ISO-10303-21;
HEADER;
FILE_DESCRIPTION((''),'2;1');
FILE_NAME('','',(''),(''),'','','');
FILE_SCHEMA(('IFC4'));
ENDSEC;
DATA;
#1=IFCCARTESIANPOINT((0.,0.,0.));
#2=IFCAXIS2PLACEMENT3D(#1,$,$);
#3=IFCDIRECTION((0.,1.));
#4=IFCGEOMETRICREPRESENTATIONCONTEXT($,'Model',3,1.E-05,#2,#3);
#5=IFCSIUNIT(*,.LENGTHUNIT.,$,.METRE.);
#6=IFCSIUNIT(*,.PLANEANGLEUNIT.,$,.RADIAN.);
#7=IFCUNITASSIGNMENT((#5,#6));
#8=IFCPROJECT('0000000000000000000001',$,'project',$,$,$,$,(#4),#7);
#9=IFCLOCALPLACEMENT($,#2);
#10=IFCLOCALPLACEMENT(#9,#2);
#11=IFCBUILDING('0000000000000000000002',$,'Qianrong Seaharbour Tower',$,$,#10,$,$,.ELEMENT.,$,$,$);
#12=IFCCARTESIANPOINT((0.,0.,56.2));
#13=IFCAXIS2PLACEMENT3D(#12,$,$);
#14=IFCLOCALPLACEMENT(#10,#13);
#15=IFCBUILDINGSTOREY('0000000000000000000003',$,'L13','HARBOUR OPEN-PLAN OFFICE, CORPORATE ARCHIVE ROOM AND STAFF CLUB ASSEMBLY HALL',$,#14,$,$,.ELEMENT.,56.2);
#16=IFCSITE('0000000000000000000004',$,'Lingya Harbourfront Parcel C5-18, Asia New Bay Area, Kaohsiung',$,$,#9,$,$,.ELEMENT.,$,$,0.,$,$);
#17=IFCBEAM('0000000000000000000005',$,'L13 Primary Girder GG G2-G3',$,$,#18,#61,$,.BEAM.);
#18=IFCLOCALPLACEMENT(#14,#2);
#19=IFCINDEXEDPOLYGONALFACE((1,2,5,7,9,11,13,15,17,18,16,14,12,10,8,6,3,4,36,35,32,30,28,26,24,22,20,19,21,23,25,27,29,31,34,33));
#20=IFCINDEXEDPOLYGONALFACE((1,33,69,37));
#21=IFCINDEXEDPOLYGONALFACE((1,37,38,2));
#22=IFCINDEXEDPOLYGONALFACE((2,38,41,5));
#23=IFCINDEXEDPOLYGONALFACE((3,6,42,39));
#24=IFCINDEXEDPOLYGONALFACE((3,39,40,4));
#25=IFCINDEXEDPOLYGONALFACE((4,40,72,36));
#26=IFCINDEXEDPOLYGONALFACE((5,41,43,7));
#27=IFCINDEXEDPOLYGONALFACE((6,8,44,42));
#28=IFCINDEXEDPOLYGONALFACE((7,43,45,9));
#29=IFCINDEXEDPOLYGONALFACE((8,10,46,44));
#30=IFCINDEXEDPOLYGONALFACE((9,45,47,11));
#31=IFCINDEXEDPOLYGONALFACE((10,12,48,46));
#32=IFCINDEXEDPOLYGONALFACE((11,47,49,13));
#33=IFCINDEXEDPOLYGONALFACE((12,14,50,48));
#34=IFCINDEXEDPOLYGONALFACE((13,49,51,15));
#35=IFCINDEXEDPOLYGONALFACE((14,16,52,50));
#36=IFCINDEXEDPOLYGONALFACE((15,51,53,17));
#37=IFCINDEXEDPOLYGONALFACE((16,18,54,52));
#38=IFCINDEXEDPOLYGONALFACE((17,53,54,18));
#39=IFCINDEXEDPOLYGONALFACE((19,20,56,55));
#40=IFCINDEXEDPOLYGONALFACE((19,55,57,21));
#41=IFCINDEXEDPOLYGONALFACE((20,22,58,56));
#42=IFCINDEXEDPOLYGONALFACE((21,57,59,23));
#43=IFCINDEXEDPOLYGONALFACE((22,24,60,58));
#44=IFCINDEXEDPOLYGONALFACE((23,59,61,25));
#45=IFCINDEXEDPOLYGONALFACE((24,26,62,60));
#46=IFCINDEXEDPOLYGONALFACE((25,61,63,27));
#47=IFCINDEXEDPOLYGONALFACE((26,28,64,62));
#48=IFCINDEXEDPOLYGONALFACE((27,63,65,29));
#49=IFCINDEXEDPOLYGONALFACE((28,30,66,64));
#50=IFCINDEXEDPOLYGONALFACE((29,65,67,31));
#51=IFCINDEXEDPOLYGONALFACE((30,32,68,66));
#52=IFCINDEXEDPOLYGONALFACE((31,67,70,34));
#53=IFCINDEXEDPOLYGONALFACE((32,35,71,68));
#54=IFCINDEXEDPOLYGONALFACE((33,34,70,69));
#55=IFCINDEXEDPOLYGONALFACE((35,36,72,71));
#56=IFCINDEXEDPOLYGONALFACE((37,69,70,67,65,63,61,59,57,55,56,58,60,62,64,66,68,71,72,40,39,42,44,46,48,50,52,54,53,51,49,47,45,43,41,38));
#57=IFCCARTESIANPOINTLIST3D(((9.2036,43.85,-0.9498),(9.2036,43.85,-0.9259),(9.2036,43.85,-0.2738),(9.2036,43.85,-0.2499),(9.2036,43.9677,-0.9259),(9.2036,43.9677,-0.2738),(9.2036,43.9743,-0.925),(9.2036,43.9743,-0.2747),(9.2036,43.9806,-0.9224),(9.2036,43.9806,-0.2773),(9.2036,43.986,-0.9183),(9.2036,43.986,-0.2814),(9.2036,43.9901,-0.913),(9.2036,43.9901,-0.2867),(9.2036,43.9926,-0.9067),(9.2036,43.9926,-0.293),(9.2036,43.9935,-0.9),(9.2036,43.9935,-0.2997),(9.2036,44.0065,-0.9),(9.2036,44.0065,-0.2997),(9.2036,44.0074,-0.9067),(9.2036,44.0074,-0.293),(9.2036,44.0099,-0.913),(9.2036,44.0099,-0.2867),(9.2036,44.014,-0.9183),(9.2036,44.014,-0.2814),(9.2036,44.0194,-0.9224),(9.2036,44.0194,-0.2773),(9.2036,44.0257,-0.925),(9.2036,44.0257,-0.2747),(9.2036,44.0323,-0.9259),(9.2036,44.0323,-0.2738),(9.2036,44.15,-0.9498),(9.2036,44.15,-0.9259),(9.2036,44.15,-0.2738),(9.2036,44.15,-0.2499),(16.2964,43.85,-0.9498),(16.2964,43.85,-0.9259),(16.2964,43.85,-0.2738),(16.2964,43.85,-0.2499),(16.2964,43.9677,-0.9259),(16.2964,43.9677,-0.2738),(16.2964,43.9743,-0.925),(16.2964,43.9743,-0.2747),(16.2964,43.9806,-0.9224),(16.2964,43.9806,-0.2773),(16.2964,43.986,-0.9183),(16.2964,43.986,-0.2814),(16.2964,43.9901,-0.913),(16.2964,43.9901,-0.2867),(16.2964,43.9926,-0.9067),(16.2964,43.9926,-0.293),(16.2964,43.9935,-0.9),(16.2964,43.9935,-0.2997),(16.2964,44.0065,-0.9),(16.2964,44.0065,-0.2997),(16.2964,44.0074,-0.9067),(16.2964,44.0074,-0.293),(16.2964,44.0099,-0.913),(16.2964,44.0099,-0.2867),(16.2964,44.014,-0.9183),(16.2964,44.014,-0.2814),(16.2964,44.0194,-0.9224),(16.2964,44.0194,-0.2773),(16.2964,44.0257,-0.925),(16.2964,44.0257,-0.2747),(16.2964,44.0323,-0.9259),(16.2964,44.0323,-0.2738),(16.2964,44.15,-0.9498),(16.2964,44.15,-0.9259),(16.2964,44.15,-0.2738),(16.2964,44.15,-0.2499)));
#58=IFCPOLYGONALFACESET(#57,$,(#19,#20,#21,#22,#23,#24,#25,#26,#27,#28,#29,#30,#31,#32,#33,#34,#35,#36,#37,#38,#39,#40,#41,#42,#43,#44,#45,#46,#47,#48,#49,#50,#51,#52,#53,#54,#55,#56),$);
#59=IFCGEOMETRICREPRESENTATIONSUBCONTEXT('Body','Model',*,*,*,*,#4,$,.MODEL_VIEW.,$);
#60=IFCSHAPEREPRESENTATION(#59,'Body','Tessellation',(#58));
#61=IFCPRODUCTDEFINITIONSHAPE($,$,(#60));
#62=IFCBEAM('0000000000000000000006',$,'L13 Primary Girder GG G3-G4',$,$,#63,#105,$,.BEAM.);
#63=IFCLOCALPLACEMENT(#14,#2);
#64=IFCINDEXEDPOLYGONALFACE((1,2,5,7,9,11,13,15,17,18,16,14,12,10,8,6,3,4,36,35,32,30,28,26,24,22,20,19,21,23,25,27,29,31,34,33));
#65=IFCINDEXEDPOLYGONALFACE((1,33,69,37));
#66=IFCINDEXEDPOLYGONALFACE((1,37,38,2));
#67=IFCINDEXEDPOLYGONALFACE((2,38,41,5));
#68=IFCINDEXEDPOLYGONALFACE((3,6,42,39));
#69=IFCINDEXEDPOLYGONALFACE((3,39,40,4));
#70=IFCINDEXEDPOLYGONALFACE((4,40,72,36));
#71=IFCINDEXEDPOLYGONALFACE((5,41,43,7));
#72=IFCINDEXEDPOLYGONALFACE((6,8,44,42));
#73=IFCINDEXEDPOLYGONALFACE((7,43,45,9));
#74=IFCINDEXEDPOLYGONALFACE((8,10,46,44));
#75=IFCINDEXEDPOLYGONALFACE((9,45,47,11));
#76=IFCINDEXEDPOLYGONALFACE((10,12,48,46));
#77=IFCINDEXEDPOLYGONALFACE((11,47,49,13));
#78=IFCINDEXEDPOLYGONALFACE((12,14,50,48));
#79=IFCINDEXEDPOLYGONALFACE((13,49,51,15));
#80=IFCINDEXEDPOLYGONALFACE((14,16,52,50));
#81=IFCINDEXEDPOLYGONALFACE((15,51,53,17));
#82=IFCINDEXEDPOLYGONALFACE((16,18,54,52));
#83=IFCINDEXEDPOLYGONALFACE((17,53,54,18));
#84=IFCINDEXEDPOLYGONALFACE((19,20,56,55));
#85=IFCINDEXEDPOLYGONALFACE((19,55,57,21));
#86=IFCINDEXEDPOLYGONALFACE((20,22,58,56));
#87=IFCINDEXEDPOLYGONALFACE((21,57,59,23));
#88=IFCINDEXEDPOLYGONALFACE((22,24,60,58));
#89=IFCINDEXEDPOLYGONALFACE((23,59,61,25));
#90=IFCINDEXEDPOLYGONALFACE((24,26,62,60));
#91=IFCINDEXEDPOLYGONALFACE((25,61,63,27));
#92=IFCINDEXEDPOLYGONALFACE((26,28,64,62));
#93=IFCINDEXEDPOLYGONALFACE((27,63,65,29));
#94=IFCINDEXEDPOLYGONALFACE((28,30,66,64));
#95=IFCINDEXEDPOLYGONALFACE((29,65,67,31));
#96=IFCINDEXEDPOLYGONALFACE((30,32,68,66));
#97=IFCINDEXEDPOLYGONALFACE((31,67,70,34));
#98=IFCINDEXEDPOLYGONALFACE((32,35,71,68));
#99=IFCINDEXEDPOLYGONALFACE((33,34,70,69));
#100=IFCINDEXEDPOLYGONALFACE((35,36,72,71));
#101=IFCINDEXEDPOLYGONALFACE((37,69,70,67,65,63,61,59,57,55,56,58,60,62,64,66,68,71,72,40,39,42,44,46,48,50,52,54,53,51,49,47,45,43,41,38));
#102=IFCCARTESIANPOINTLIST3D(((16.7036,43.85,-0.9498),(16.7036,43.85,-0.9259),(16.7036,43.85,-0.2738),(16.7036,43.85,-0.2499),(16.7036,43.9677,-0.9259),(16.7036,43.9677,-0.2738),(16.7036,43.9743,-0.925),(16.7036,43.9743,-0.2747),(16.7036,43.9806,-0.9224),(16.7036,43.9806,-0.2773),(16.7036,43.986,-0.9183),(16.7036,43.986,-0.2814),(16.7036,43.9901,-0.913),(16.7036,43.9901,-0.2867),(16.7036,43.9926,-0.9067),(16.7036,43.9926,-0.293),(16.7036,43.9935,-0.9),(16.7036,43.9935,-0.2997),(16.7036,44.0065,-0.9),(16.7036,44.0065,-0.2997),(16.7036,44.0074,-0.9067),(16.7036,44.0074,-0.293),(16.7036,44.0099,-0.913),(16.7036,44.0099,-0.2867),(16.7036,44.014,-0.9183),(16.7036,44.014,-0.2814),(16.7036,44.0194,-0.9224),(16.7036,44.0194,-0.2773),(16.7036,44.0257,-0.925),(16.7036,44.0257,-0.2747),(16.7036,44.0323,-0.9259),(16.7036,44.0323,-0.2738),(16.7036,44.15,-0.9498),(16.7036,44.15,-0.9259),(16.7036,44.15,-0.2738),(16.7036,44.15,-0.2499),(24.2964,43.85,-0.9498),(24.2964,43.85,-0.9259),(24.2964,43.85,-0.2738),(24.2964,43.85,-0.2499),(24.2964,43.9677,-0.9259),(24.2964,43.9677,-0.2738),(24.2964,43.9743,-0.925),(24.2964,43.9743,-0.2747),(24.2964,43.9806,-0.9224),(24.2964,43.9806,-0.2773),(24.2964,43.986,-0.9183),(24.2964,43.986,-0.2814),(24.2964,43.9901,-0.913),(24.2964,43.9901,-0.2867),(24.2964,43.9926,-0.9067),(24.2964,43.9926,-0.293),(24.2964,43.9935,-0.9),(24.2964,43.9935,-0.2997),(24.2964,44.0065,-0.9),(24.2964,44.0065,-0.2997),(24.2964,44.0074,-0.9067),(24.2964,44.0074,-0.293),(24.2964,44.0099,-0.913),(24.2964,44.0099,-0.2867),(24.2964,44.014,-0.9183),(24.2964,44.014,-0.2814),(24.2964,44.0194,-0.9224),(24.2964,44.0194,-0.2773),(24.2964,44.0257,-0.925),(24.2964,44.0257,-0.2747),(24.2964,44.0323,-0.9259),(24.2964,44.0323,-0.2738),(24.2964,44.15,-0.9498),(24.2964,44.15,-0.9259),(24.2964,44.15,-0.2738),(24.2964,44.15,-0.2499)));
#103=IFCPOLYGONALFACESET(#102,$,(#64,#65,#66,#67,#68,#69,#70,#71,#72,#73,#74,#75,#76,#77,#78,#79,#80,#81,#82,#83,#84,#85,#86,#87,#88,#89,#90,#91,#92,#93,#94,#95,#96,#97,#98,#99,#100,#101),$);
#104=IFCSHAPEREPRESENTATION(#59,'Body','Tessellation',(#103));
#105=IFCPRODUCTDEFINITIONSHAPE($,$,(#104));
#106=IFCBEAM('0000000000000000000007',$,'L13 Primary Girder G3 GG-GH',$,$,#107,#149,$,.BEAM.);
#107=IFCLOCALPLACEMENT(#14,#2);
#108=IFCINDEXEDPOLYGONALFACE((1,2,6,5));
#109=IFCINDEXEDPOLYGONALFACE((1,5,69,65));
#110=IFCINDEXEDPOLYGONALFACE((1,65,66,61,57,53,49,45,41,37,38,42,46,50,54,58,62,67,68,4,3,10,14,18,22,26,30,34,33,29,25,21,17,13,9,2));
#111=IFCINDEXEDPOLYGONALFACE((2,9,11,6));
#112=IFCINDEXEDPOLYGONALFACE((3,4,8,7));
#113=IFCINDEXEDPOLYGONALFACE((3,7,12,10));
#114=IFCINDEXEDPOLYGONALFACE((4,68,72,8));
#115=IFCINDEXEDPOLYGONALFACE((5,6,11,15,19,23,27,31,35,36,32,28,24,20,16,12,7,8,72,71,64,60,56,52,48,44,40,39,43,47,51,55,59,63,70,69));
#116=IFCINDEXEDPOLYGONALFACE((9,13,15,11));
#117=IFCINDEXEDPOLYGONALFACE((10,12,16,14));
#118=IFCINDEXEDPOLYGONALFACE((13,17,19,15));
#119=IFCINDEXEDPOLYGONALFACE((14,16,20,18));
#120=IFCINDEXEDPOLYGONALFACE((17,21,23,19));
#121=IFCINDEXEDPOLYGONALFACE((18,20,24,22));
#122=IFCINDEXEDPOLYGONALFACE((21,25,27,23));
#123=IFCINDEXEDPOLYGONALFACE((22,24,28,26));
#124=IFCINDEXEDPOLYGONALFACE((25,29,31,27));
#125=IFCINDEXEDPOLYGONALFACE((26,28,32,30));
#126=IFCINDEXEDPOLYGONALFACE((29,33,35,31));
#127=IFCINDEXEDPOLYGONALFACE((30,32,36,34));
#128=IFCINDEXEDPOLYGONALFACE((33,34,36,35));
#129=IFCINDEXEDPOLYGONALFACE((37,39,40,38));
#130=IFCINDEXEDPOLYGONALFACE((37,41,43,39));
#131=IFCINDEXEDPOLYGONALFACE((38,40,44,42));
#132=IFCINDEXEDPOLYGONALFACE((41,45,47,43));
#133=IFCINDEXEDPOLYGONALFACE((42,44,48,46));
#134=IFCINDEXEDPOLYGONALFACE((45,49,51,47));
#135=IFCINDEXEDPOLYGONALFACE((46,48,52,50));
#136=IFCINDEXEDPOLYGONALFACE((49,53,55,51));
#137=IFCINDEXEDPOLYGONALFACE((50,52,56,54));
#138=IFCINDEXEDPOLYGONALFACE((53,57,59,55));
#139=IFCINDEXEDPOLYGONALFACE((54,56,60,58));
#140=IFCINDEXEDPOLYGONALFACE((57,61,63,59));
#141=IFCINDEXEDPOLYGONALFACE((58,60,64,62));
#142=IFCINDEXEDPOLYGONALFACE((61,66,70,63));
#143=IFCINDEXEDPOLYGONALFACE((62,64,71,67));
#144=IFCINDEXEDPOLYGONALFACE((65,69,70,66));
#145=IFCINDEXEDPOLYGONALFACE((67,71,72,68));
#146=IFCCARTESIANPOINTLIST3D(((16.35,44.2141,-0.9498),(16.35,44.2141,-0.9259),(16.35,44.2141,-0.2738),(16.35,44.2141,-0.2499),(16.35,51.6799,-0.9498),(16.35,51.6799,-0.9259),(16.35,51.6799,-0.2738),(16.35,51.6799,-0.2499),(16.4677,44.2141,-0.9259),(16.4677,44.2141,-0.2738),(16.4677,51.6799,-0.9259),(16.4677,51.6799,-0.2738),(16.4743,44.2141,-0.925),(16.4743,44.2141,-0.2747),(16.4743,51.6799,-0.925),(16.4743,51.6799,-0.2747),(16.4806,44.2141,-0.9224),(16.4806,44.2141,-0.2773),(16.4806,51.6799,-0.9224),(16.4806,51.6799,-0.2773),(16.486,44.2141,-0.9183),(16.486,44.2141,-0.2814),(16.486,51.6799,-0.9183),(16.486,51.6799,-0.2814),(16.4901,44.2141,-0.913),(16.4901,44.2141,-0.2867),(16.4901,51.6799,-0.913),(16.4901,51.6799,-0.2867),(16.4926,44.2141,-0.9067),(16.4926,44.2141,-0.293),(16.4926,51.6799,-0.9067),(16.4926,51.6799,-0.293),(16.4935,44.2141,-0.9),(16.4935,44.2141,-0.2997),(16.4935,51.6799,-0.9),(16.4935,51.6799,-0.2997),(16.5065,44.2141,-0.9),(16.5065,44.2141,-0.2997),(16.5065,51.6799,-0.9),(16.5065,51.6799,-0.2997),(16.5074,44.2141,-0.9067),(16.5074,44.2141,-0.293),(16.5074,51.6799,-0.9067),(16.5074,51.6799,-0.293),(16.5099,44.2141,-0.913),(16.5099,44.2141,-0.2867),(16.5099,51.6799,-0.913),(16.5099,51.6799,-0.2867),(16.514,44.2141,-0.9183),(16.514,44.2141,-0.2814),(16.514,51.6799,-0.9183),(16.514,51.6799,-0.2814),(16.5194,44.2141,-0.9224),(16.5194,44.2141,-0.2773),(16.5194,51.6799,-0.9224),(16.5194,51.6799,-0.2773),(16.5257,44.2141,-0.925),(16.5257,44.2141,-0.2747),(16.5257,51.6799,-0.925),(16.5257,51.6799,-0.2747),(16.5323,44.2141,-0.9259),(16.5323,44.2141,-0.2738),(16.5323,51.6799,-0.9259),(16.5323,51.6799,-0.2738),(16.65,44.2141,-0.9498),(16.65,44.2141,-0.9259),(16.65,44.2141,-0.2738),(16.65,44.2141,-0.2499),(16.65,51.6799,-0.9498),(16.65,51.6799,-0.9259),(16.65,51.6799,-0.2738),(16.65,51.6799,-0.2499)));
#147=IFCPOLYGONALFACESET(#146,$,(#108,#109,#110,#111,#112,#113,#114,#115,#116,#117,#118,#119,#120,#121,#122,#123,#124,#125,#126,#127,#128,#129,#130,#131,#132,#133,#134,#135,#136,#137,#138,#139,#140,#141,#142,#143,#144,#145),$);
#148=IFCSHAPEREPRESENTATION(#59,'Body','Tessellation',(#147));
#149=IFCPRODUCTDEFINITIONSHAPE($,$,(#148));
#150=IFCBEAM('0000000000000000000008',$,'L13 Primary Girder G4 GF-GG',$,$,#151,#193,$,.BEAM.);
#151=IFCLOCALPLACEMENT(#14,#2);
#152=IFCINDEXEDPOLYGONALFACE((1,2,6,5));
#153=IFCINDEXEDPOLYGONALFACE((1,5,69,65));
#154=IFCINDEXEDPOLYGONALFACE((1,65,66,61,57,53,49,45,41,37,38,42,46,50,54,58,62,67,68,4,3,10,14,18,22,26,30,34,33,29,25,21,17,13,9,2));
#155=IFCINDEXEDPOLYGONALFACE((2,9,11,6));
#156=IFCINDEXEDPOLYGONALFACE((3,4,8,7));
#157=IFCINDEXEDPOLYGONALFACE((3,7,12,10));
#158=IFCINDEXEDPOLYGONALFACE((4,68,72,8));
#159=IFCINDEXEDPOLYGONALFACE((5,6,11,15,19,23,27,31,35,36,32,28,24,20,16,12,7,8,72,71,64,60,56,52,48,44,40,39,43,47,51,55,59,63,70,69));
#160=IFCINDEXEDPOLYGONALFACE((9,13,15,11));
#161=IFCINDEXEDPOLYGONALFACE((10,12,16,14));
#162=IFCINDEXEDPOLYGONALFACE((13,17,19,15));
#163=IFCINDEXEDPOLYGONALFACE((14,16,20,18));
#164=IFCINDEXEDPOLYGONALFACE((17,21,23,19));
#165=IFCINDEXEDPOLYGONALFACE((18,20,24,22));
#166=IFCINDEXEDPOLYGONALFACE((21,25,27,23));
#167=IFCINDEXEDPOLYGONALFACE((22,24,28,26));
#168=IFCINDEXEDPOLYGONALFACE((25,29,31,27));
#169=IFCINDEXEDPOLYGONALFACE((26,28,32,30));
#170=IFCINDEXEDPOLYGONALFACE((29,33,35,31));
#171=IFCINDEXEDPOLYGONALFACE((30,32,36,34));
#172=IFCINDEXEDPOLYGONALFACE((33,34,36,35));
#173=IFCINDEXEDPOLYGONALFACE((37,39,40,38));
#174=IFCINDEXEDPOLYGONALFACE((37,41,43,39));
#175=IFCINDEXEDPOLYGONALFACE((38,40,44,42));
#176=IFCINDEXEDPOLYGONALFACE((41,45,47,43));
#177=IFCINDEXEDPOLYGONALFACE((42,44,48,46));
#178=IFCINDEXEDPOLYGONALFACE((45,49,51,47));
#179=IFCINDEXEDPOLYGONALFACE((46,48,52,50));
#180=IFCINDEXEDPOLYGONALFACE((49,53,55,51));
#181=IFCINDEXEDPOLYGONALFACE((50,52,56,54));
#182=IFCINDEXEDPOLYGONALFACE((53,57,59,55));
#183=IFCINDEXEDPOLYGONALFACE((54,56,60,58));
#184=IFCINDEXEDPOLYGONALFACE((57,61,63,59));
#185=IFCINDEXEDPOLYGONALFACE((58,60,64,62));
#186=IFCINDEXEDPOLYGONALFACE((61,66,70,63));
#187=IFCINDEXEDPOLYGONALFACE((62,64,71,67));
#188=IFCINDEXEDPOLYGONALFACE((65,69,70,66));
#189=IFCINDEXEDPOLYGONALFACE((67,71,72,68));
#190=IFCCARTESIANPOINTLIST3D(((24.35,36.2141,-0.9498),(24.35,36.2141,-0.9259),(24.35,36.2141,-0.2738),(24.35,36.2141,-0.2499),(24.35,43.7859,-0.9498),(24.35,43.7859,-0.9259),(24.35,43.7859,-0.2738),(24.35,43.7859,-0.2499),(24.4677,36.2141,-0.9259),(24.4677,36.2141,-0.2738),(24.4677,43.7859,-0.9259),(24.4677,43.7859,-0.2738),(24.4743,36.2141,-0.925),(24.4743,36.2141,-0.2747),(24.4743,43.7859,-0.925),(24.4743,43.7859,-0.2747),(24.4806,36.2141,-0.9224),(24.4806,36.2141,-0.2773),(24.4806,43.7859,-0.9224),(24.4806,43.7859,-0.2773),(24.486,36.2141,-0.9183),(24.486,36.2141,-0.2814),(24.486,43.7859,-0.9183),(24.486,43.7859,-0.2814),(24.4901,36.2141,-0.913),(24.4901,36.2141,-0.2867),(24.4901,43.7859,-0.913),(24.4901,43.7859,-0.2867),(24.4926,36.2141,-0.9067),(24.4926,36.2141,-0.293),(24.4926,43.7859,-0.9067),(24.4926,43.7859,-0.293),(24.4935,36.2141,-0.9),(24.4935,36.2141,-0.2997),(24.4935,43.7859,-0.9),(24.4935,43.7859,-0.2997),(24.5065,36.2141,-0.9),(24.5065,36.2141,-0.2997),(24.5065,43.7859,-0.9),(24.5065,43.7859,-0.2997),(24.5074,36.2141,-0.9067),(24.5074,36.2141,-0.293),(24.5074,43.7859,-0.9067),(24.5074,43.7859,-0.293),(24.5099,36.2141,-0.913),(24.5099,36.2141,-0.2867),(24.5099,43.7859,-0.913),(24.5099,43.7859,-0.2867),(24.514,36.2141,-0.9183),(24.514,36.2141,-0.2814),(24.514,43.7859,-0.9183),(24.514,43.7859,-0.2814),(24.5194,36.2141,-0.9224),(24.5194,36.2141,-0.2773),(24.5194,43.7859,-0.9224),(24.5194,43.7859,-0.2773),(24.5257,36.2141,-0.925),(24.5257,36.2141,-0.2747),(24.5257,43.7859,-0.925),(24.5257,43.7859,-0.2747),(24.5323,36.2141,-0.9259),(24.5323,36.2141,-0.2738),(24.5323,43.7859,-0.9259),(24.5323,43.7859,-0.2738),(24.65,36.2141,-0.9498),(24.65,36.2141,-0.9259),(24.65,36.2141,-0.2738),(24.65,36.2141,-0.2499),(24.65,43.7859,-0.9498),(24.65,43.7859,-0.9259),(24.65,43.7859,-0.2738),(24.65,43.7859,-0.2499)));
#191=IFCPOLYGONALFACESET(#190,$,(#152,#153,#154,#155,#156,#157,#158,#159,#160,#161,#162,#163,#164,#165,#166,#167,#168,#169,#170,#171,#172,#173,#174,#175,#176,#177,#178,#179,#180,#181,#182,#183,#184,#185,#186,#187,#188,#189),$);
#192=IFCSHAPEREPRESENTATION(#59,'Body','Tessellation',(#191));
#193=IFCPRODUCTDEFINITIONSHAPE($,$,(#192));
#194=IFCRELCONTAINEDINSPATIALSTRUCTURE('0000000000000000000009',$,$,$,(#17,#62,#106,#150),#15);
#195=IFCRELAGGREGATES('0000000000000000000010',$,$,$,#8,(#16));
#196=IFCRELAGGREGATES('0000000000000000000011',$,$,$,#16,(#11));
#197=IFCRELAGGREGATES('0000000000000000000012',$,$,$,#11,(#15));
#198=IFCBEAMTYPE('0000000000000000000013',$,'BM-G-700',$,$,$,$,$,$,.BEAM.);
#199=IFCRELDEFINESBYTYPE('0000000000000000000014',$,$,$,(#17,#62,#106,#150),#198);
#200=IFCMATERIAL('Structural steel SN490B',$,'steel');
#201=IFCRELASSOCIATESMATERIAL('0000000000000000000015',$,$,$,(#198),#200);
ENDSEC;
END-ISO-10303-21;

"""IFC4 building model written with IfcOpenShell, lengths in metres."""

from ifc_helpers import new_model, si_unit, direction, frame, origin, origin_2d, place, context, subcontext, project, spatial, i_section, extrude, material, material_profile, profile_set, type_object, element, save


model = new_model("IFC4")

# Units and contexts
model_context = context("Model", 3, precision=1e-05, world=origin(), true_north=direction((0.0, 1.0)))
body_context = subcontext(model_context, "Body", "Model", "MODEL_VIEW")
ifc_project = project(units=[si_unit("LENGTHUNIT", "METRE"), si_unit("PLANEANGLEUNIT", "RADIAN")], contexts=[model_context])

# Site, building, storey
site_placement = place(None, origin())
site = spatial("IfcSite", under=ifc_project, at=site_placement, Name="Lingya Harbourfront Parcel C5-18, Asia New Bay Area, Kaohsiung", CompositionType="ELEMENT", RefElevation=0.0)
building_placement = place(site_placement, origin())
building = spatial("IfcBuilding", under=site, at=building_placement, Name="Qianrong Seaharbour Tower", CompositionType="ELEMENT")
storey_placement = place(building_placement, frame((0.0, 0.0, 56.2)))
storey = spatial("IfcBuildingStorey", under=building, at=storey_placement, Name="L13", Description="HARBOUR OPEN-PLAN OFFICE, CORPORATE ARCHIVE ROOM AND STAFF CLUB ASSEMBLY HALL", CompositionType="ELEMENT", Elevation=56.2)

# Shared definitions
ifc_material_1 = material(Name="Structural steel SN490B", Category="steel")

# Beams
ifc_material_profile_1 = material_profile(ifc_material_1, i_section(OverallWidth=0.3, OverallDepth=0.7, WebThickness=0.0129, FlangeThickness=0.0239, FilletRadius=0.0259, at=origin_2d()), Name="H700x300x13x24")
ifc_profile_set_1 = profile_set([ifc_material_profile_1], Name="Structural steel SN490B")
beam_type_1 = type_object("IfcBeamType", Name="BM-G-700", PredefinedType="BEAM", material=ifc_profile_set_1)
beam_1_placement = place(storey_placement, frame((9.2036, 44.0, -0.5999), z_axis=(1.0, 0.0, 0.0), x_axis=(0.0, 1.0, 0.0)))
element("IfcBeam", 1, at=beam_1_placement, inside=storey, type_object=beam_type_1, Name="L13 Primary Girder GG G2-G3", PredefinedType="BEAM", context=body_context, shape_type="SweptSolid", body=[
    extrude(i_section(OverallWidth=0.3, OverallDepth=0.7, WebThickness=0.0129, FlangeThickness=0.0239, FilletRadius=0.0259, at=origin_2d()), origin(), (0.0, 0.0, 1.0), 7.0928),
])
beam_2_placement = place(storey_placement, frame((16.7036, 44.0, -0.5999), z_axis=(1.0, 0.0, 0.0), x_axis=(0.0, 1.0, 0.0)))
element("IfcBeam", 2, at=beam_2_placement, inside=storey, type_object=beam_type_1, Name="L13 Primary Girder GG G3-G4", PredefinedType="BEAM", context=body_context, shape_type="SweptSolid", body=[
    extrude(i_section(OverallWidth=0.3, OverallDepth=0.7, WebThickness=0.0129, FlangeThickness=0.0239, FilletRadius=0.0259, at=origin_2d()), origin(), (0.0, 0.0, 1.0), 7.5928),
])
beam_3_placement = place(storey_placement, frame((16.5, 44.2141, -0.5999), z_axis=(0.0, 1.0, 0.0), x_axis=(-1.0, 0.0, 0.0)))
element("IfcBeam", 3, at=beam_3_placement, inside=storey, type_object=beam_type_1, Name="L13 Primary Girder G3 GG-GH", PredefinedType="BEAM", context=body_context, shape_type="SweptSolid", body=[
    extrude(i_section(OverallWidth=0.3, OverallDepth=0.7, WebThickness=0.0129, FlangeThickness=0.0239, FilletRadius=0.0259, at=origin_2d()), origin(), (0.0, 0.0, 1.0), 7.4658),
])
beam_4_placement = place(storey_placement, frame((24.5, 36.2141, -0.5999), z_axis=(0.0, 1.0, 0.0), x_axis=(-1.0, 0.0, 0.0)))
element("IfcBeam", 4, at=beam_4_placement, inside=storey, type_object=beam_type_1, Name="L13 Primary Girder G4 GF-GG", PredefinedType="BEAM", context=body_context, shape_type="SweptSolid", body=[
    extrude(i_section(OverallWidth=0.3, OverallDepth=0.7, WebThickness=0.0129, FlangeThickness=0.0239, FilletRadius=0.0259, at=origin_2d()), origin(), (0.0, 0.0, 1.0), 7.5718),
])

save(model, "model.ifc")
